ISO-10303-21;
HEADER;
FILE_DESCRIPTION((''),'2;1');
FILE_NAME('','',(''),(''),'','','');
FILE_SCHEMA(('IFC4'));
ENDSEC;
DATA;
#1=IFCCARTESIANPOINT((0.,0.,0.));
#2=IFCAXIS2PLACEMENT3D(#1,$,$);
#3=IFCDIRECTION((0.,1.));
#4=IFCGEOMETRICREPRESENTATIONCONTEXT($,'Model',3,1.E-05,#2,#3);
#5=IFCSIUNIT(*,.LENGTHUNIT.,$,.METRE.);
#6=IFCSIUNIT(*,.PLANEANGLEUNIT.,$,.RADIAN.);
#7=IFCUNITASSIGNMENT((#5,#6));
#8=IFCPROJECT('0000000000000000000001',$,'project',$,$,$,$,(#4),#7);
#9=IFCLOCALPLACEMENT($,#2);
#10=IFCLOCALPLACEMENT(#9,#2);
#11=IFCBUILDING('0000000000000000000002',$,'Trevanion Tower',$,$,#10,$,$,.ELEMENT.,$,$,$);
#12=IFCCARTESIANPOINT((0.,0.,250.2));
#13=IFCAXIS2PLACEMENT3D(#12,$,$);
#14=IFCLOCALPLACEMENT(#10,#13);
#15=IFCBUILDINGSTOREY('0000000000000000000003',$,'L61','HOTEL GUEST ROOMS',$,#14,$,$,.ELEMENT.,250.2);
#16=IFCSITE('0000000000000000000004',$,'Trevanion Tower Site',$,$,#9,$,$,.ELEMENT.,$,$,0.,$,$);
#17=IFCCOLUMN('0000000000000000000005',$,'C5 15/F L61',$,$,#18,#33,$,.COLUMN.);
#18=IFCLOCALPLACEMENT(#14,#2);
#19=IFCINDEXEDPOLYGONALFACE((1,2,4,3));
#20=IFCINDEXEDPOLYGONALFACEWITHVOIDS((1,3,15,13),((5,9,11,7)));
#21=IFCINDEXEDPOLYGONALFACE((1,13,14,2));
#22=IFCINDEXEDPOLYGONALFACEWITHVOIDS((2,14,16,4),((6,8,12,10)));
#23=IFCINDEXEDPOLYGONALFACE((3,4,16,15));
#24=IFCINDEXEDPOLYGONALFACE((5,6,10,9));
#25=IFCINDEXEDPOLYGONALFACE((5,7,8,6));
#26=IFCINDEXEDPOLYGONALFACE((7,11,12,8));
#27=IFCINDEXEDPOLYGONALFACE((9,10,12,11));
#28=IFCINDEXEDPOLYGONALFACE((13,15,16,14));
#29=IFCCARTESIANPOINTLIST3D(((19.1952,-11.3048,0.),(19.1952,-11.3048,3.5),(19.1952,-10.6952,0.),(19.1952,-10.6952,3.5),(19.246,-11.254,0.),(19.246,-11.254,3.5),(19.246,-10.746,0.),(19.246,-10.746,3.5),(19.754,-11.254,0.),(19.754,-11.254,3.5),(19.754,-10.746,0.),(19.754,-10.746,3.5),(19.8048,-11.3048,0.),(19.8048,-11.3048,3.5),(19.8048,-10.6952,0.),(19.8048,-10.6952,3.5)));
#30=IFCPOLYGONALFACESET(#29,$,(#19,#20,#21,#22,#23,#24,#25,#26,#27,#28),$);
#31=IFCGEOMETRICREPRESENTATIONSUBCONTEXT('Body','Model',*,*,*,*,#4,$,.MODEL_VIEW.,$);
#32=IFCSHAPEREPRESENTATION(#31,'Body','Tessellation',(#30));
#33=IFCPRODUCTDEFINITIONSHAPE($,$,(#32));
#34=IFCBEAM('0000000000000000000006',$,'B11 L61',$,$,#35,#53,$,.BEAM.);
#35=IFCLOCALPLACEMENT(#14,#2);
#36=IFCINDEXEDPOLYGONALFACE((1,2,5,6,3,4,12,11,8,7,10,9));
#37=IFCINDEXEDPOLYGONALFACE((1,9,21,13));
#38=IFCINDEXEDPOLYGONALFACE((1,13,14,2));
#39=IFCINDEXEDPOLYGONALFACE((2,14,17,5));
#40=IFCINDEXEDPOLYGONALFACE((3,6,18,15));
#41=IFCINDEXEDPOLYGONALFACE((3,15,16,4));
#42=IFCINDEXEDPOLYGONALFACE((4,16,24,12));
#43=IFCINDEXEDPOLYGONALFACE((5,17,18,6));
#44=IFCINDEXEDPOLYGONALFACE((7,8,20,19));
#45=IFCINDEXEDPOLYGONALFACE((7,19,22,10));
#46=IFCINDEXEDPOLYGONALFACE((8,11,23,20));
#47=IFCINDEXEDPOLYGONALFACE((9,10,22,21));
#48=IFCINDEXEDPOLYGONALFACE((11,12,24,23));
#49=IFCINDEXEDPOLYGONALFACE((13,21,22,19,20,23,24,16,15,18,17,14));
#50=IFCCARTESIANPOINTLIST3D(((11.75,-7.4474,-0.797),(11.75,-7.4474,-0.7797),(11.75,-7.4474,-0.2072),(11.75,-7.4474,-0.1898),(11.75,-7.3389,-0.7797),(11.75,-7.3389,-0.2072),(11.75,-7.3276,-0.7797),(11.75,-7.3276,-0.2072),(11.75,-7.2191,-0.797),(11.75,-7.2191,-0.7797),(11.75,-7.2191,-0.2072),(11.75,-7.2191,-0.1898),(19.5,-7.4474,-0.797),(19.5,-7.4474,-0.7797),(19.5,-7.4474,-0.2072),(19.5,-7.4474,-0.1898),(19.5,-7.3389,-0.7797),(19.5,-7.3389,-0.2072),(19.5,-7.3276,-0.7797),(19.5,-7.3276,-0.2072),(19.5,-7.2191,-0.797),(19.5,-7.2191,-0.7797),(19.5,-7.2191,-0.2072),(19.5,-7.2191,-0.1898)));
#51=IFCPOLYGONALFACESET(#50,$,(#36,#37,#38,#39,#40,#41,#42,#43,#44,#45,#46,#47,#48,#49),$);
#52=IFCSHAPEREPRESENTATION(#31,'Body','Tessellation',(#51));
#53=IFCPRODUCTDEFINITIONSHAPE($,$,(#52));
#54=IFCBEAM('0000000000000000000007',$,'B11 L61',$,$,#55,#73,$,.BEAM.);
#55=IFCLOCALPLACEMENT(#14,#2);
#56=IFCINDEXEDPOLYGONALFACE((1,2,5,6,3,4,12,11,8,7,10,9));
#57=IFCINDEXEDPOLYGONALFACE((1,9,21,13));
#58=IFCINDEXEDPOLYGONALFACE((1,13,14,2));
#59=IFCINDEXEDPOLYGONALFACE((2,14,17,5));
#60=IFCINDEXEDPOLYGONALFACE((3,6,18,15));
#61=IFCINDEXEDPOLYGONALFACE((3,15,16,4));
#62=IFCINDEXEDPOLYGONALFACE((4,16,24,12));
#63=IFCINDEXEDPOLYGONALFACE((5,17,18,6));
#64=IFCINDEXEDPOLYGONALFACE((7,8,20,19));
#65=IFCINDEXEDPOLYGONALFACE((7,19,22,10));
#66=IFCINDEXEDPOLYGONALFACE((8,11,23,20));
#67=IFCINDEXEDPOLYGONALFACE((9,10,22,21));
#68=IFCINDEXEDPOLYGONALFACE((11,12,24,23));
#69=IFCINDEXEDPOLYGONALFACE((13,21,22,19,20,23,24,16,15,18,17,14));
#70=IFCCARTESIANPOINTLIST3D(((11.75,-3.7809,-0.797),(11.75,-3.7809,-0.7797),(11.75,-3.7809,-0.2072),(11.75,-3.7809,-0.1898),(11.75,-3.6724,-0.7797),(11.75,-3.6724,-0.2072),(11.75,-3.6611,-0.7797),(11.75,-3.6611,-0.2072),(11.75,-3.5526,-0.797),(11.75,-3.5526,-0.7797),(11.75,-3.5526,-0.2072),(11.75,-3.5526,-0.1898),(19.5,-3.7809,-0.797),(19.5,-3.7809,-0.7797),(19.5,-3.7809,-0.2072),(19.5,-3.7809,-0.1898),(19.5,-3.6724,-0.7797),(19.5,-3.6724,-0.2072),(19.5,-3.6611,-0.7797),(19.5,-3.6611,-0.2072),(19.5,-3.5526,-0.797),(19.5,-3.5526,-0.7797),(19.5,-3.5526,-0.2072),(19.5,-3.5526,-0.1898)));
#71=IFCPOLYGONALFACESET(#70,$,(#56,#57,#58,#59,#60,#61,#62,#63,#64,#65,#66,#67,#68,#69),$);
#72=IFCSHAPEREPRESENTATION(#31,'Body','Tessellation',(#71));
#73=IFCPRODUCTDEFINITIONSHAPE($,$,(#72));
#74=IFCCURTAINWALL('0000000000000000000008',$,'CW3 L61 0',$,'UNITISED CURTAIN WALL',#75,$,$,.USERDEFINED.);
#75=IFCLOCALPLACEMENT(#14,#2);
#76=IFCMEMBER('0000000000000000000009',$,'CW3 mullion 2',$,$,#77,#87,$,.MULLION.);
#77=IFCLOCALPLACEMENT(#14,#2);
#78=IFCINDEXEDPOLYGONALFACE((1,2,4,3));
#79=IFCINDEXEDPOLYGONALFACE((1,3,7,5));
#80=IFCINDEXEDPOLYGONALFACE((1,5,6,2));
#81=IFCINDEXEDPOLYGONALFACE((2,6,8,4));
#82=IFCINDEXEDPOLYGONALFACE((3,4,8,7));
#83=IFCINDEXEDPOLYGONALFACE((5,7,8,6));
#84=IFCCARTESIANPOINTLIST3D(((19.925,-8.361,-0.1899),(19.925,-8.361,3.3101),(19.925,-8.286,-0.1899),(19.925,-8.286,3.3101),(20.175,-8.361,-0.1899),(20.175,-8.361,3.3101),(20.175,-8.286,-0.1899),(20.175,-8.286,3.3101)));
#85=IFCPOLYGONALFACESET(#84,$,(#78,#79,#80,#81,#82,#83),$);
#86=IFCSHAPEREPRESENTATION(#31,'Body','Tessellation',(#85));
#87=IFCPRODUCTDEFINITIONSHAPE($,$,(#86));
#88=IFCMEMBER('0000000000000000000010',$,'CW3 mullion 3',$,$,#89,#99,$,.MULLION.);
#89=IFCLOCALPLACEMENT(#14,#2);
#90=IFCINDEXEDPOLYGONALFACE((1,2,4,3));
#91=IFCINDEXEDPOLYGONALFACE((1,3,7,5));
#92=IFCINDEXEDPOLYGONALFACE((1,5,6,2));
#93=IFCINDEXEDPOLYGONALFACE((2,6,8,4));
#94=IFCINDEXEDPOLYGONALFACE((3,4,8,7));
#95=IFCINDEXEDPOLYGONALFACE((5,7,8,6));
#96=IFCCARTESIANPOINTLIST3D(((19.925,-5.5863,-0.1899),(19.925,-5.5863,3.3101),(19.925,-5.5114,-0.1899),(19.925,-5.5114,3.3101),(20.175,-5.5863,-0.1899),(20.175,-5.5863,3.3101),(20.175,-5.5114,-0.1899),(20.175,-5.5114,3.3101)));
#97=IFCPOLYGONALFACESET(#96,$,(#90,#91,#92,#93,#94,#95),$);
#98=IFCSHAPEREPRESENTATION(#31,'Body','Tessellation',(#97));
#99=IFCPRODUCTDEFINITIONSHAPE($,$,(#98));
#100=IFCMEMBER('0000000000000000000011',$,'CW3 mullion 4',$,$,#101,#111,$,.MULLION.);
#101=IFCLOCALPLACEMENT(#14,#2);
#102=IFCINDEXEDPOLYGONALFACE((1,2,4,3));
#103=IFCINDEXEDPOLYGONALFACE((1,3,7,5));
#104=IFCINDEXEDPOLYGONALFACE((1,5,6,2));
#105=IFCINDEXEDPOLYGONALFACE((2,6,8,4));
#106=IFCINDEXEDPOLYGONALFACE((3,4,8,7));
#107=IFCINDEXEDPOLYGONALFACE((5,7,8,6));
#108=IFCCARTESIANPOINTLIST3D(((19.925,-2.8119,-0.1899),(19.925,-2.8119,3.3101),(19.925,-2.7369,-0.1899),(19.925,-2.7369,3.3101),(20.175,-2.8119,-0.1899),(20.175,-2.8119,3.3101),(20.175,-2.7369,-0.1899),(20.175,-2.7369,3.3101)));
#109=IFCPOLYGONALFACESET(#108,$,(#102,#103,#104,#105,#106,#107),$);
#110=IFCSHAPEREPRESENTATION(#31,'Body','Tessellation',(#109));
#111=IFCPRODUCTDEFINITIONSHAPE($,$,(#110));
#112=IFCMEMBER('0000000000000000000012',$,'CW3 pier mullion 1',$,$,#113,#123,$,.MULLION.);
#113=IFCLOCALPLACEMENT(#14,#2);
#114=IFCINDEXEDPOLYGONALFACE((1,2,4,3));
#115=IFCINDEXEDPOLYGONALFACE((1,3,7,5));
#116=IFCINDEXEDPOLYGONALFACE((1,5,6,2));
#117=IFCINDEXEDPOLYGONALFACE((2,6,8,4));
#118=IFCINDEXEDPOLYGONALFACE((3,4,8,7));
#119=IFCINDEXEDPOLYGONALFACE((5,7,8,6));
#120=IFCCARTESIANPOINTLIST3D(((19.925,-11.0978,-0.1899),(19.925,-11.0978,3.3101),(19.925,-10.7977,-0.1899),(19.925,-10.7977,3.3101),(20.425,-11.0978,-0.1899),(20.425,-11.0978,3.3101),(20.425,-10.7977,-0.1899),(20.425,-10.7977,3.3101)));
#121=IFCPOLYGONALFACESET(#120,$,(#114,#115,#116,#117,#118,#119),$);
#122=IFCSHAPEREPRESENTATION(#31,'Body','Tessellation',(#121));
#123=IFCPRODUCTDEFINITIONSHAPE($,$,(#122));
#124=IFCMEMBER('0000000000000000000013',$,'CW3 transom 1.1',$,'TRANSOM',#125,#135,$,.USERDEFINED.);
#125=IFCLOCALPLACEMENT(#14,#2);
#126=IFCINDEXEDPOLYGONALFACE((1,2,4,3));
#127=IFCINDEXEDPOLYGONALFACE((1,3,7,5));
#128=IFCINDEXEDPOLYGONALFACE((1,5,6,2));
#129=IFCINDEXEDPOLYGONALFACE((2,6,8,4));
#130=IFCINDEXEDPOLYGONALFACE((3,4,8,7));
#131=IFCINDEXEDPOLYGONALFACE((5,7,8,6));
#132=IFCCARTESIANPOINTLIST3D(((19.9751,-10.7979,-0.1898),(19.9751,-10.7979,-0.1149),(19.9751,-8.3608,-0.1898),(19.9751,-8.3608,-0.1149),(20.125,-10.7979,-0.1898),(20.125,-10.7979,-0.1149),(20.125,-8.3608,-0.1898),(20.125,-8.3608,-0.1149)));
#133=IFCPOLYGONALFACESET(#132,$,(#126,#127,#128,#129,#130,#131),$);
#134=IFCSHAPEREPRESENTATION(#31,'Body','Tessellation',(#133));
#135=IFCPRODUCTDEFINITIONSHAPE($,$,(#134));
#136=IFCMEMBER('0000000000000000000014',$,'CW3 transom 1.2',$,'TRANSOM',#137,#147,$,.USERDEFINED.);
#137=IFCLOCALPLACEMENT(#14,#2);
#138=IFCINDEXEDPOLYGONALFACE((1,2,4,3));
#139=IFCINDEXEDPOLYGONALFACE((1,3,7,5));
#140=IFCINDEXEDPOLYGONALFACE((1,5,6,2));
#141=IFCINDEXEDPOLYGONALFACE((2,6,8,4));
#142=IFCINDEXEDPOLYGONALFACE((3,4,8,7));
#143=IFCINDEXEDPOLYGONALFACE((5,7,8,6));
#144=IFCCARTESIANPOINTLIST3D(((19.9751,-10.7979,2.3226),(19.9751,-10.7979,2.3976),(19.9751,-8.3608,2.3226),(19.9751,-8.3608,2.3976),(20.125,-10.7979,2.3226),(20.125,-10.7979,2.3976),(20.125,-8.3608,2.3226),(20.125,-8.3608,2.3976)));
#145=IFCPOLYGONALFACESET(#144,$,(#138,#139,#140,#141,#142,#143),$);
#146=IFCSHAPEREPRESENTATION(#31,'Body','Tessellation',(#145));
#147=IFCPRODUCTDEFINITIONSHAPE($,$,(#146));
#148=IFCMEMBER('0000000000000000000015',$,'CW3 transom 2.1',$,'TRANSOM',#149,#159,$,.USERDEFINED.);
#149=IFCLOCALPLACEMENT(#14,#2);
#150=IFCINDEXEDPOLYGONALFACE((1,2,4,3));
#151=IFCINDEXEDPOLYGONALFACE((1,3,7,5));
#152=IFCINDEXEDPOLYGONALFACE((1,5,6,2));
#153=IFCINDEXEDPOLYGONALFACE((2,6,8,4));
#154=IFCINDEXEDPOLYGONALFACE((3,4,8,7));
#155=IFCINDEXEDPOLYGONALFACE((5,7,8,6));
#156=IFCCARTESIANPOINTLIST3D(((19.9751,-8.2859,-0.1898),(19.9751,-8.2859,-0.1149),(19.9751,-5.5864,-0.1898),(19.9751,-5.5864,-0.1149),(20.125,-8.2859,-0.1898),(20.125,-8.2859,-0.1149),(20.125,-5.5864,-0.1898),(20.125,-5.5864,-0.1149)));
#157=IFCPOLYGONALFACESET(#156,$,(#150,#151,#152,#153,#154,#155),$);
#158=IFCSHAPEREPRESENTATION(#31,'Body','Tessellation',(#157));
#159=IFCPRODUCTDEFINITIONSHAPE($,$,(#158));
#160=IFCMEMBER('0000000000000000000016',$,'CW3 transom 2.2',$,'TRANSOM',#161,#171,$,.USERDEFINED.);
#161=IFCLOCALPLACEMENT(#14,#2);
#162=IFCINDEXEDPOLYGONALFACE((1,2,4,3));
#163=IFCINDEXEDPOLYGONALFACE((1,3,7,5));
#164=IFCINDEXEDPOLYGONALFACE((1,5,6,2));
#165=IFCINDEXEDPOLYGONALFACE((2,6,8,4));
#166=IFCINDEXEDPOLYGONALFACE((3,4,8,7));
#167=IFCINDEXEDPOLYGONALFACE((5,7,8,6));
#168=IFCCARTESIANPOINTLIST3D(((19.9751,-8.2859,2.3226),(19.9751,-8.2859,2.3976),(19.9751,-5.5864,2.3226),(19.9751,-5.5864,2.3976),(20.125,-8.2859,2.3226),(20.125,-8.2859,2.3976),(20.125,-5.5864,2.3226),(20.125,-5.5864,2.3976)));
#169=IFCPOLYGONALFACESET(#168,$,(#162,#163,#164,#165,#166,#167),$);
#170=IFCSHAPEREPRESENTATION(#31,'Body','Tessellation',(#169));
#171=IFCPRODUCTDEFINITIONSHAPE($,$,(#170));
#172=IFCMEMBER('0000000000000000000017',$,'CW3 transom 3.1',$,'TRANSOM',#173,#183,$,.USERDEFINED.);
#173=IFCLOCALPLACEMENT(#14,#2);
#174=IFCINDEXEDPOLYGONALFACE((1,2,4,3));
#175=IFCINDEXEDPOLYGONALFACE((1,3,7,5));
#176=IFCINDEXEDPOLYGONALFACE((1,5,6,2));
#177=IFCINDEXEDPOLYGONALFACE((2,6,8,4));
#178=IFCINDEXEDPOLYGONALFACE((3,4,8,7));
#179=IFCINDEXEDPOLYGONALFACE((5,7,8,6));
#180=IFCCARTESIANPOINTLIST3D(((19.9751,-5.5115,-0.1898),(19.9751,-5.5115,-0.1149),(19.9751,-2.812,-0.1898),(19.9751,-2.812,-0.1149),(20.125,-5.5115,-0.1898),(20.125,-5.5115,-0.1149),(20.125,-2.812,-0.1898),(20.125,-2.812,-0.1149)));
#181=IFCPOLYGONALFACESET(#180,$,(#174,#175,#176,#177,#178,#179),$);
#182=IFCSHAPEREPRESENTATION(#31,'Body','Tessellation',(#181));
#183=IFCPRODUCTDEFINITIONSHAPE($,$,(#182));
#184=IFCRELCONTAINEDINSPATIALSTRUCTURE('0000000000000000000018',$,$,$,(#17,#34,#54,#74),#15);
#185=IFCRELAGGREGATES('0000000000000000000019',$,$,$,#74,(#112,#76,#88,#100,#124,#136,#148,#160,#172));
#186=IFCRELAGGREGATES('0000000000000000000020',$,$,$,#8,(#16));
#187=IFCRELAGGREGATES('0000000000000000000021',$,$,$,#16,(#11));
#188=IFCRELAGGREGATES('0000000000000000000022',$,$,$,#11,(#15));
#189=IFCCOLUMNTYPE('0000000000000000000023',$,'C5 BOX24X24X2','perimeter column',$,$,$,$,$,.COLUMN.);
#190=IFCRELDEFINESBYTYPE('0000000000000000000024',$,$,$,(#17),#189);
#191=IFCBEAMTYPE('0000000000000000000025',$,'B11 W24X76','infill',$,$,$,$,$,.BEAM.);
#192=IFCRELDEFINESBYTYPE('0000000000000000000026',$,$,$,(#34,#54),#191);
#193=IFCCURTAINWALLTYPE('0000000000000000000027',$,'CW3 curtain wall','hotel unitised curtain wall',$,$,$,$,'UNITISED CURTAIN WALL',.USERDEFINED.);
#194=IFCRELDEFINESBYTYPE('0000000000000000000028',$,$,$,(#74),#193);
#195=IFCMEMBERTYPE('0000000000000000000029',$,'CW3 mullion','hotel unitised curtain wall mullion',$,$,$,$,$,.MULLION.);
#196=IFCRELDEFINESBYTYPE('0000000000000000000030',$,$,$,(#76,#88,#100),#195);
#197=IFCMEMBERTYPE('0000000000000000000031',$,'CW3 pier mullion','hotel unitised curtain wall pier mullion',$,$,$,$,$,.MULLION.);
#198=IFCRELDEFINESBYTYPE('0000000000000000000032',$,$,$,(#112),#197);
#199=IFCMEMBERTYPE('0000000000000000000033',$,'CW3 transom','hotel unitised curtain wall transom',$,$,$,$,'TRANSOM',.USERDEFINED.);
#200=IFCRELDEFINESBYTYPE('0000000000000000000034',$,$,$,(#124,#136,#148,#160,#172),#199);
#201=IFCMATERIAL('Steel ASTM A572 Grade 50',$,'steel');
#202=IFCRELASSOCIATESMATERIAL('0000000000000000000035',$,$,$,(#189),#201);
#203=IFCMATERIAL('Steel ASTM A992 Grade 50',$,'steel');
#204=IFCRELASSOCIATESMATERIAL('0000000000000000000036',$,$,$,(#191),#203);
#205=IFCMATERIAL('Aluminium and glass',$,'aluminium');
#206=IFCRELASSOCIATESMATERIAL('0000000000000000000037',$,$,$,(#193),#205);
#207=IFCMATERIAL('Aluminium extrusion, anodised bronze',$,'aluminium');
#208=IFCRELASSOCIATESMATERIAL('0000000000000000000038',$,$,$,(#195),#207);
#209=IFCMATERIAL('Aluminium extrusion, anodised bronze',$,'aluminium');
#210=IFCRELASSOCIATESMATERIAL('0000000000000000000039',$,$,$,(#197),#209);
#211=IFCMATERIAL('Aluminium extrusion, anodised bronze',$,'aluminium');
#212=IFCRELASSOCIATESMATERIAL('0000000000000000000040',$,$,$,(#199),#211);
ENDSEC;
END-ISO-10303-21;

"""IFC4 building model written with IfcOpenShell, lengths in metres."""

from ifc_helpers import new_model, si_unit, direction, frame, origin, origin_2d, place, context, subcontext, project, spatial, rectangle, hollow_rectangle, i_section, extrude, material, material_profile, profile_set, type_object, element, aggregate, save


model = new_model("IFC4")

# Units and contexts
model_context = context("Model", 3, precision=1e-05, world=origin(), true_north=direction((0.0, 1.0)))
body_context = subcontext(model_context, "Body", "Model", "MODEL_VIEW")
ifc_project = project(units=[si_unit("LENGTHUNIT", "METRE"), si_unit("PLANEANGLEUNIT", "RADIAN")], contexts=[model_context])

# Site, building, storey
site_placement = place(None, origin())
site = spatial("IfcSite", under=ifc_project, at=site_placement, Name="Trevanion Tower Site", CompositionType="ELEMENT", RefElevation=0.0)
building_placement = place(site_placement, origin())
building = spatial("IfcBuilding", under=site, at=building_placement, Name="Trevanion Tower", CompositionType="ELEMENT")
storey_placement = place(building_placement, frame((0.0, 0.0, 250.2)))
storey = spatial("IfcBuildingStorey", under=building, at=storey_placement, Name="L61", Description="HOTEL GUEST ROOMS", CompositionType="ELEMENT", Elevation=250.2)

# Column
ifc_material_1 = material(Name="Steel ASTM A572 Grade 50", Category="steel")
ifc_material_profile_1 = material_profile(ifc_material_1, hollow_rectangle(XDim=0.6096, YDim=0.6096, WallThickness=0.0508, at=origin_2d()), Name="BOX24X24X2")
ifc_profile_set_1 = profile_set([ifc_material_profile_1], Name="Steel ASTM A572 Grade 50")
column_type = type_object("IfcColumnType", Name="C5 BOX24X24X2", Description="perimeter column", PredefinedType="COLUMN", material=ifc_profile_set_1)
column_placement = place(storey_placement, frame((19.5, -11.0, 0.0), z_axis=(0.0, 0.0, 1.0), x_axis=(0.0, 1.0, 0.0)))
element("IfcColumn", 1, at=column_placement, inside=storey, type_object=column_type, Name="C5 15/F L61", PredefinedType="COLUMN", context=body_context, shape_type="SweptSolid", body=[
    extrude(hollow_rectangle(XDim=0.6096, YDim=0.6096, WallThickness=0.0508, at=origin_2d()), origin(), (0.0, 0.0, 1.0), 3.5),
])

# Beams
ifc_material_2 = material(Name="Steel ASTM A992 Grade 50", Category="steel")
ifc_material_profile_2 = material_profile(ifc_material_2, i_section(OverallWidth=0.2283, OverallDepth=0.6072, WebThickness=0.0112, FlangeThickness=0.0173, at=origin_2d()), Name="W24X76")
ifc_profile_set_2 = profile_set([ifc_material_profile_2], Name="Steel ASTM A992 Grade 50")
beam_type_1 = type_object("IfcBeamType", Name="B11 W24X76", Description="infill", PredefinedType="BEAM", material=ifc_profile_set_2)
for number, where, z_axis, x_axis, name in (
    (2, (11.75, -7.3333, -0.4934), (1.0, 0.0, 0.0), (0.0, 1.0, 0.0), "B11 L61"),
    (3, (11.75, -3.6667, -0.4934), (1.0, 0.0, 0.0), (0.0, 1.0, 0.0), "B11 L61"),
):
    element("IfcBeam", number, at=place(storey_placement, frame(where, z_axis=z_axis, x_axis=x_axis)), inside=storey, type_object=beam_type_1, Name=name, PredefinedType="BEAM", context=body_context, shape_type="SweptSolid", body=[
        extrude(i_section(OverallWidth=0.2283, OverallDepth=0.6072, WebThickness=0.0112, FlangeThickness=0.0173, at=origin_2d()), origin(), (0.0, 0.0, 1.0), 7.75),
    ])

# Curtain wall, members
ifc_material_3 = material(Name="Aluminium and glass", Category="aluminium")
curtain_wall_type = type_object("IfcCurtainWallType", Name="CW3 curtain wall", Description="hotel unitised curtain wall", ElementType="UNITISED CURTAIN WALL", PredefinedType="USERDEFINED", material=ifc_material_3)
curtain_wall_placement = place(storey_placement, origin())
curtain_wall = element("IfcCurtainWall", 4, at=curtain_wall_placement, inside=storey, type_object=curtain_wall_type, Name="CW3 L61 0", ObjectType="UNITISED CURTAIN WALL", PredefinedType="USERDEFINED")
ifc_material_4 = material(Name="Aluminium extrusion, anodised bronze", Category="aluminium")
ifc_material_profile_3 = material_profile(ifc_material_4, rectangle(XDim=0.075, YDim=0.25, at=origin_2d()), Name="CW3 mullion")
ifc_profile_set_3 = profile_set([ifc_material_profile_3], Name="Aluminium extrusion, anodised bronze")
member_type_1 = type_object("IfcMemberType", Name="CW3 mullion", Description="hotel unitised curtain wall mullion", PredefinedType="MULLION", material=ifc_profile_set_3)
member_1_placement = place(storey_placement, frame((20.05, -8.3235, -0.1899), z_axis=(0.0, 0.0, 1.0), x_axis=(0.0, 1.0, 0.0)))
member_1 = element("IfcMember", 5, at=member_1_placement, type_object=member_type_1, Name="CW3 mullion 2", PredefinedType="MULLION", context=body_context, shape_type="SweptSolid", body=[
    extrude(rectangle(XDim=0.075, YDim=0.25, at=origin_2d()), origin(), (0.0, 0.0, 1.0), 3.5),
])
member_2_placement = place(storey_placement, frame((20.05, -5.5488, -0.1899), z_axis=(0.0, 0.0, 1.0), x_axis=(0.0, 1.0, 0.0)))
member_2 = element("IfcMember", 6, at=member_2_placement, type_object=member_type_1, Name="CW3 mullion 3", PredefinedType="MULLION", context=body_context, shape_type="SweptSolid", body=[
    extrude(rectangle(XDim=0.075, YDim=0.25, at=origin_2d()), origin(), (0.0, 0.0, 1.0), 3.5),
])
member_3_placement = place(storey_placement, frame((20.05, -2.7744, -0.1899), z_axis=(0.0, 0.0, 1.0), x_axis=(0.0, 1.0, 0.0)))
member_3 = element("IfcMember", 7, at=member_3_placement, type_object=member_type_1, Name="CW3 mullion 4", PredefinedType="MULLION", context=body_context, shape_type="SweptSolid", body=[
    extrude(rectangle(XDim=0.075, YDim=0.25, at=origin_2d()), origin(), (0.0, 0.0, 1.0), 3.5),
])
ifc_material_5 = material(Name="Aluminium extrusion, anodised bronze", Category="aluminium")
ifc_material_profile_4 = material_profile(ifc_material_5, rectangle(XDim=0.3, YDim=0.5, at=origin_2d()), Name="CW3 pier mullion")
ifc_profile_set_4 = profile_set([ifc_material_profile_4], Name="Aluminium extrusion, anodised bronze")
member_type_2 = type_object("IfcMemberType", Name="CW3 pier mullion", Description="hotel unitised curtain wall pier mullion", PredefinedType="MULLION", material=ifc_profile_set_4)
member_4_placement = place(storey_placement, frame((20.175, -10.9478, -0.1899), z_axis=(0.0, 0.0, 1.0), x_axis=(0.0, 1.0, 0.0)))
member_4 = element("IfcMember", 8, at=member_4_placement, type_object=member_type_2, Name="CW3 pier mullion 1", PredefinedType="MULLION", context=body_context, shape_type="SweptSolid", body=[
    extrude(rectangle(XDim=0.3, YDim=0.5, at=origin_2d()), origin(), (0.0, 0.0, 1.0), 3.5),
])
ifc_material_6 = material(Name="Aluminium extrusion, anodised bronze", Category="aluminium")
ifc_material_profile_5 = material_profile(ifc_material_6, rectangle(XDim=0.1499, YDim=0.075, at=origin_2d()), Name="CW3 transom")
ifc_profile_set_5 = profile_set([ifc_material_profile_5], Name="Aluminium extrusion, anodised bronze")
member_type_3 = type_object("IfcMemberType", Name="CW3 transom", Description="hotel unitised curtain wall transom", ElementType="TRANSOM", PredefinedType="USERDEFINED", material=ifc_profile_set_5)
member_5_placement = place(storey_placement, frame((20.05, -10.7979, -0.1523), z_axis=(0.0, 1.0, 0.0), x_axis=(-1.0, 0.0, 0.0)))
member_5 = element("IfcMember", 9, at=member_5_placement, type_object=member_type_3, Name="CW3 transom 1.1", ObjectType="TRANSOM", PredefinedType="USERDEFINED", context=body_context, shape_type="SweptSolid", body=[
    extrude(rectangle(XDim=0.1499, YDim=0.075, at=origin_2d()), origin(), (0.0, 0.0, 1.0), 2.437),
])
member_6_placement = place(storey_placement, frame((20.05, -10.7979, 2.3601), z_axis=(0.0, 1.0, 0.0), x_axis=(-1.0, 0.0, 0.0)))
member_6 = element("IfcMember", 10, at=member_6_placement, type_object=member_type_3, Name="CW3 transom 1.2", ObjectType="TRANSOM", PredefinedType="USERDEFINED", context=body_context, shape_type="SweptSolid", body=[
    extrude(rectangle(XDim=0.1499, YDim=0.075, at=origin_2d()), origin(), (0.0, 0.0, 1.0), 2.437),
])
member_7_placement = place(storey_placement, frame((20.05, -8.2859, -0.1523), z_axis=(0.0, 1.0, 0.0), x_axis=(-1.0, 0.0, 0.0)))
member_7 = element("IfcMember", 11, at=member_7_placement, type_object=member_type_3, Name="CW3 transom 2.1", ObjectType="TRANSOM", PredefinedType="USERDEFINED", context=body_context, shape_type="SweptSolid", body=[
    extrude(rectangle(XDim=0.1499, YDim=0.075, at=origin_2d()), origin(), (0.0, 0.0, 1.0), 2.6995),
])
member_8_placement = place(storey_placement, frame((20.05, -8.2859, 2.3601), z_axis=(0.0, 1.0, 0.0), x_axis=(-1.0, 0.0, 0.0)))
member_8 = element("IfcMember", 12, at=member_8_placement, type_object=member_type_3, Name="CW3 transom 2.2", ObjectType="TRANSOM", PredefinedType="USERDEFINED", context=body_context, shape_type="SweptSolid", body=[
    extrude(rectangle(XDim=0.1499, YDim=0.075, at=origin_2d()), origin(), (0.0, 0.0, 1.0), 2.6995),
])
member_9_placement = place(storey_placement, frame((20.05, -5.5115, -0.1523), z_axis=(0.0, 1.0, 0.0), x_axis=(-1.0, 0.0, 0.0)))
member_9 = element("IfcMember", 13, at=member_9_placement, type_object=member_type_3, Name="CW3 transom 3.1", ObjectType="TRANSOM", PredefinedType="USERDEFINED", context=body_context, shape_type="SweptSolid", body=[
    extrude(rectangle(XDim=0.1499, YDim=0.075, at=origin_2d()), origin(), (0.0, 0.0, 1.0), 2.6995),
])

aggregate(curtain_wall, [member_4, member_1, member_2, member_3, member_5, member_6, member_7, member_8, member_9])

save(model, "model.ifc")
